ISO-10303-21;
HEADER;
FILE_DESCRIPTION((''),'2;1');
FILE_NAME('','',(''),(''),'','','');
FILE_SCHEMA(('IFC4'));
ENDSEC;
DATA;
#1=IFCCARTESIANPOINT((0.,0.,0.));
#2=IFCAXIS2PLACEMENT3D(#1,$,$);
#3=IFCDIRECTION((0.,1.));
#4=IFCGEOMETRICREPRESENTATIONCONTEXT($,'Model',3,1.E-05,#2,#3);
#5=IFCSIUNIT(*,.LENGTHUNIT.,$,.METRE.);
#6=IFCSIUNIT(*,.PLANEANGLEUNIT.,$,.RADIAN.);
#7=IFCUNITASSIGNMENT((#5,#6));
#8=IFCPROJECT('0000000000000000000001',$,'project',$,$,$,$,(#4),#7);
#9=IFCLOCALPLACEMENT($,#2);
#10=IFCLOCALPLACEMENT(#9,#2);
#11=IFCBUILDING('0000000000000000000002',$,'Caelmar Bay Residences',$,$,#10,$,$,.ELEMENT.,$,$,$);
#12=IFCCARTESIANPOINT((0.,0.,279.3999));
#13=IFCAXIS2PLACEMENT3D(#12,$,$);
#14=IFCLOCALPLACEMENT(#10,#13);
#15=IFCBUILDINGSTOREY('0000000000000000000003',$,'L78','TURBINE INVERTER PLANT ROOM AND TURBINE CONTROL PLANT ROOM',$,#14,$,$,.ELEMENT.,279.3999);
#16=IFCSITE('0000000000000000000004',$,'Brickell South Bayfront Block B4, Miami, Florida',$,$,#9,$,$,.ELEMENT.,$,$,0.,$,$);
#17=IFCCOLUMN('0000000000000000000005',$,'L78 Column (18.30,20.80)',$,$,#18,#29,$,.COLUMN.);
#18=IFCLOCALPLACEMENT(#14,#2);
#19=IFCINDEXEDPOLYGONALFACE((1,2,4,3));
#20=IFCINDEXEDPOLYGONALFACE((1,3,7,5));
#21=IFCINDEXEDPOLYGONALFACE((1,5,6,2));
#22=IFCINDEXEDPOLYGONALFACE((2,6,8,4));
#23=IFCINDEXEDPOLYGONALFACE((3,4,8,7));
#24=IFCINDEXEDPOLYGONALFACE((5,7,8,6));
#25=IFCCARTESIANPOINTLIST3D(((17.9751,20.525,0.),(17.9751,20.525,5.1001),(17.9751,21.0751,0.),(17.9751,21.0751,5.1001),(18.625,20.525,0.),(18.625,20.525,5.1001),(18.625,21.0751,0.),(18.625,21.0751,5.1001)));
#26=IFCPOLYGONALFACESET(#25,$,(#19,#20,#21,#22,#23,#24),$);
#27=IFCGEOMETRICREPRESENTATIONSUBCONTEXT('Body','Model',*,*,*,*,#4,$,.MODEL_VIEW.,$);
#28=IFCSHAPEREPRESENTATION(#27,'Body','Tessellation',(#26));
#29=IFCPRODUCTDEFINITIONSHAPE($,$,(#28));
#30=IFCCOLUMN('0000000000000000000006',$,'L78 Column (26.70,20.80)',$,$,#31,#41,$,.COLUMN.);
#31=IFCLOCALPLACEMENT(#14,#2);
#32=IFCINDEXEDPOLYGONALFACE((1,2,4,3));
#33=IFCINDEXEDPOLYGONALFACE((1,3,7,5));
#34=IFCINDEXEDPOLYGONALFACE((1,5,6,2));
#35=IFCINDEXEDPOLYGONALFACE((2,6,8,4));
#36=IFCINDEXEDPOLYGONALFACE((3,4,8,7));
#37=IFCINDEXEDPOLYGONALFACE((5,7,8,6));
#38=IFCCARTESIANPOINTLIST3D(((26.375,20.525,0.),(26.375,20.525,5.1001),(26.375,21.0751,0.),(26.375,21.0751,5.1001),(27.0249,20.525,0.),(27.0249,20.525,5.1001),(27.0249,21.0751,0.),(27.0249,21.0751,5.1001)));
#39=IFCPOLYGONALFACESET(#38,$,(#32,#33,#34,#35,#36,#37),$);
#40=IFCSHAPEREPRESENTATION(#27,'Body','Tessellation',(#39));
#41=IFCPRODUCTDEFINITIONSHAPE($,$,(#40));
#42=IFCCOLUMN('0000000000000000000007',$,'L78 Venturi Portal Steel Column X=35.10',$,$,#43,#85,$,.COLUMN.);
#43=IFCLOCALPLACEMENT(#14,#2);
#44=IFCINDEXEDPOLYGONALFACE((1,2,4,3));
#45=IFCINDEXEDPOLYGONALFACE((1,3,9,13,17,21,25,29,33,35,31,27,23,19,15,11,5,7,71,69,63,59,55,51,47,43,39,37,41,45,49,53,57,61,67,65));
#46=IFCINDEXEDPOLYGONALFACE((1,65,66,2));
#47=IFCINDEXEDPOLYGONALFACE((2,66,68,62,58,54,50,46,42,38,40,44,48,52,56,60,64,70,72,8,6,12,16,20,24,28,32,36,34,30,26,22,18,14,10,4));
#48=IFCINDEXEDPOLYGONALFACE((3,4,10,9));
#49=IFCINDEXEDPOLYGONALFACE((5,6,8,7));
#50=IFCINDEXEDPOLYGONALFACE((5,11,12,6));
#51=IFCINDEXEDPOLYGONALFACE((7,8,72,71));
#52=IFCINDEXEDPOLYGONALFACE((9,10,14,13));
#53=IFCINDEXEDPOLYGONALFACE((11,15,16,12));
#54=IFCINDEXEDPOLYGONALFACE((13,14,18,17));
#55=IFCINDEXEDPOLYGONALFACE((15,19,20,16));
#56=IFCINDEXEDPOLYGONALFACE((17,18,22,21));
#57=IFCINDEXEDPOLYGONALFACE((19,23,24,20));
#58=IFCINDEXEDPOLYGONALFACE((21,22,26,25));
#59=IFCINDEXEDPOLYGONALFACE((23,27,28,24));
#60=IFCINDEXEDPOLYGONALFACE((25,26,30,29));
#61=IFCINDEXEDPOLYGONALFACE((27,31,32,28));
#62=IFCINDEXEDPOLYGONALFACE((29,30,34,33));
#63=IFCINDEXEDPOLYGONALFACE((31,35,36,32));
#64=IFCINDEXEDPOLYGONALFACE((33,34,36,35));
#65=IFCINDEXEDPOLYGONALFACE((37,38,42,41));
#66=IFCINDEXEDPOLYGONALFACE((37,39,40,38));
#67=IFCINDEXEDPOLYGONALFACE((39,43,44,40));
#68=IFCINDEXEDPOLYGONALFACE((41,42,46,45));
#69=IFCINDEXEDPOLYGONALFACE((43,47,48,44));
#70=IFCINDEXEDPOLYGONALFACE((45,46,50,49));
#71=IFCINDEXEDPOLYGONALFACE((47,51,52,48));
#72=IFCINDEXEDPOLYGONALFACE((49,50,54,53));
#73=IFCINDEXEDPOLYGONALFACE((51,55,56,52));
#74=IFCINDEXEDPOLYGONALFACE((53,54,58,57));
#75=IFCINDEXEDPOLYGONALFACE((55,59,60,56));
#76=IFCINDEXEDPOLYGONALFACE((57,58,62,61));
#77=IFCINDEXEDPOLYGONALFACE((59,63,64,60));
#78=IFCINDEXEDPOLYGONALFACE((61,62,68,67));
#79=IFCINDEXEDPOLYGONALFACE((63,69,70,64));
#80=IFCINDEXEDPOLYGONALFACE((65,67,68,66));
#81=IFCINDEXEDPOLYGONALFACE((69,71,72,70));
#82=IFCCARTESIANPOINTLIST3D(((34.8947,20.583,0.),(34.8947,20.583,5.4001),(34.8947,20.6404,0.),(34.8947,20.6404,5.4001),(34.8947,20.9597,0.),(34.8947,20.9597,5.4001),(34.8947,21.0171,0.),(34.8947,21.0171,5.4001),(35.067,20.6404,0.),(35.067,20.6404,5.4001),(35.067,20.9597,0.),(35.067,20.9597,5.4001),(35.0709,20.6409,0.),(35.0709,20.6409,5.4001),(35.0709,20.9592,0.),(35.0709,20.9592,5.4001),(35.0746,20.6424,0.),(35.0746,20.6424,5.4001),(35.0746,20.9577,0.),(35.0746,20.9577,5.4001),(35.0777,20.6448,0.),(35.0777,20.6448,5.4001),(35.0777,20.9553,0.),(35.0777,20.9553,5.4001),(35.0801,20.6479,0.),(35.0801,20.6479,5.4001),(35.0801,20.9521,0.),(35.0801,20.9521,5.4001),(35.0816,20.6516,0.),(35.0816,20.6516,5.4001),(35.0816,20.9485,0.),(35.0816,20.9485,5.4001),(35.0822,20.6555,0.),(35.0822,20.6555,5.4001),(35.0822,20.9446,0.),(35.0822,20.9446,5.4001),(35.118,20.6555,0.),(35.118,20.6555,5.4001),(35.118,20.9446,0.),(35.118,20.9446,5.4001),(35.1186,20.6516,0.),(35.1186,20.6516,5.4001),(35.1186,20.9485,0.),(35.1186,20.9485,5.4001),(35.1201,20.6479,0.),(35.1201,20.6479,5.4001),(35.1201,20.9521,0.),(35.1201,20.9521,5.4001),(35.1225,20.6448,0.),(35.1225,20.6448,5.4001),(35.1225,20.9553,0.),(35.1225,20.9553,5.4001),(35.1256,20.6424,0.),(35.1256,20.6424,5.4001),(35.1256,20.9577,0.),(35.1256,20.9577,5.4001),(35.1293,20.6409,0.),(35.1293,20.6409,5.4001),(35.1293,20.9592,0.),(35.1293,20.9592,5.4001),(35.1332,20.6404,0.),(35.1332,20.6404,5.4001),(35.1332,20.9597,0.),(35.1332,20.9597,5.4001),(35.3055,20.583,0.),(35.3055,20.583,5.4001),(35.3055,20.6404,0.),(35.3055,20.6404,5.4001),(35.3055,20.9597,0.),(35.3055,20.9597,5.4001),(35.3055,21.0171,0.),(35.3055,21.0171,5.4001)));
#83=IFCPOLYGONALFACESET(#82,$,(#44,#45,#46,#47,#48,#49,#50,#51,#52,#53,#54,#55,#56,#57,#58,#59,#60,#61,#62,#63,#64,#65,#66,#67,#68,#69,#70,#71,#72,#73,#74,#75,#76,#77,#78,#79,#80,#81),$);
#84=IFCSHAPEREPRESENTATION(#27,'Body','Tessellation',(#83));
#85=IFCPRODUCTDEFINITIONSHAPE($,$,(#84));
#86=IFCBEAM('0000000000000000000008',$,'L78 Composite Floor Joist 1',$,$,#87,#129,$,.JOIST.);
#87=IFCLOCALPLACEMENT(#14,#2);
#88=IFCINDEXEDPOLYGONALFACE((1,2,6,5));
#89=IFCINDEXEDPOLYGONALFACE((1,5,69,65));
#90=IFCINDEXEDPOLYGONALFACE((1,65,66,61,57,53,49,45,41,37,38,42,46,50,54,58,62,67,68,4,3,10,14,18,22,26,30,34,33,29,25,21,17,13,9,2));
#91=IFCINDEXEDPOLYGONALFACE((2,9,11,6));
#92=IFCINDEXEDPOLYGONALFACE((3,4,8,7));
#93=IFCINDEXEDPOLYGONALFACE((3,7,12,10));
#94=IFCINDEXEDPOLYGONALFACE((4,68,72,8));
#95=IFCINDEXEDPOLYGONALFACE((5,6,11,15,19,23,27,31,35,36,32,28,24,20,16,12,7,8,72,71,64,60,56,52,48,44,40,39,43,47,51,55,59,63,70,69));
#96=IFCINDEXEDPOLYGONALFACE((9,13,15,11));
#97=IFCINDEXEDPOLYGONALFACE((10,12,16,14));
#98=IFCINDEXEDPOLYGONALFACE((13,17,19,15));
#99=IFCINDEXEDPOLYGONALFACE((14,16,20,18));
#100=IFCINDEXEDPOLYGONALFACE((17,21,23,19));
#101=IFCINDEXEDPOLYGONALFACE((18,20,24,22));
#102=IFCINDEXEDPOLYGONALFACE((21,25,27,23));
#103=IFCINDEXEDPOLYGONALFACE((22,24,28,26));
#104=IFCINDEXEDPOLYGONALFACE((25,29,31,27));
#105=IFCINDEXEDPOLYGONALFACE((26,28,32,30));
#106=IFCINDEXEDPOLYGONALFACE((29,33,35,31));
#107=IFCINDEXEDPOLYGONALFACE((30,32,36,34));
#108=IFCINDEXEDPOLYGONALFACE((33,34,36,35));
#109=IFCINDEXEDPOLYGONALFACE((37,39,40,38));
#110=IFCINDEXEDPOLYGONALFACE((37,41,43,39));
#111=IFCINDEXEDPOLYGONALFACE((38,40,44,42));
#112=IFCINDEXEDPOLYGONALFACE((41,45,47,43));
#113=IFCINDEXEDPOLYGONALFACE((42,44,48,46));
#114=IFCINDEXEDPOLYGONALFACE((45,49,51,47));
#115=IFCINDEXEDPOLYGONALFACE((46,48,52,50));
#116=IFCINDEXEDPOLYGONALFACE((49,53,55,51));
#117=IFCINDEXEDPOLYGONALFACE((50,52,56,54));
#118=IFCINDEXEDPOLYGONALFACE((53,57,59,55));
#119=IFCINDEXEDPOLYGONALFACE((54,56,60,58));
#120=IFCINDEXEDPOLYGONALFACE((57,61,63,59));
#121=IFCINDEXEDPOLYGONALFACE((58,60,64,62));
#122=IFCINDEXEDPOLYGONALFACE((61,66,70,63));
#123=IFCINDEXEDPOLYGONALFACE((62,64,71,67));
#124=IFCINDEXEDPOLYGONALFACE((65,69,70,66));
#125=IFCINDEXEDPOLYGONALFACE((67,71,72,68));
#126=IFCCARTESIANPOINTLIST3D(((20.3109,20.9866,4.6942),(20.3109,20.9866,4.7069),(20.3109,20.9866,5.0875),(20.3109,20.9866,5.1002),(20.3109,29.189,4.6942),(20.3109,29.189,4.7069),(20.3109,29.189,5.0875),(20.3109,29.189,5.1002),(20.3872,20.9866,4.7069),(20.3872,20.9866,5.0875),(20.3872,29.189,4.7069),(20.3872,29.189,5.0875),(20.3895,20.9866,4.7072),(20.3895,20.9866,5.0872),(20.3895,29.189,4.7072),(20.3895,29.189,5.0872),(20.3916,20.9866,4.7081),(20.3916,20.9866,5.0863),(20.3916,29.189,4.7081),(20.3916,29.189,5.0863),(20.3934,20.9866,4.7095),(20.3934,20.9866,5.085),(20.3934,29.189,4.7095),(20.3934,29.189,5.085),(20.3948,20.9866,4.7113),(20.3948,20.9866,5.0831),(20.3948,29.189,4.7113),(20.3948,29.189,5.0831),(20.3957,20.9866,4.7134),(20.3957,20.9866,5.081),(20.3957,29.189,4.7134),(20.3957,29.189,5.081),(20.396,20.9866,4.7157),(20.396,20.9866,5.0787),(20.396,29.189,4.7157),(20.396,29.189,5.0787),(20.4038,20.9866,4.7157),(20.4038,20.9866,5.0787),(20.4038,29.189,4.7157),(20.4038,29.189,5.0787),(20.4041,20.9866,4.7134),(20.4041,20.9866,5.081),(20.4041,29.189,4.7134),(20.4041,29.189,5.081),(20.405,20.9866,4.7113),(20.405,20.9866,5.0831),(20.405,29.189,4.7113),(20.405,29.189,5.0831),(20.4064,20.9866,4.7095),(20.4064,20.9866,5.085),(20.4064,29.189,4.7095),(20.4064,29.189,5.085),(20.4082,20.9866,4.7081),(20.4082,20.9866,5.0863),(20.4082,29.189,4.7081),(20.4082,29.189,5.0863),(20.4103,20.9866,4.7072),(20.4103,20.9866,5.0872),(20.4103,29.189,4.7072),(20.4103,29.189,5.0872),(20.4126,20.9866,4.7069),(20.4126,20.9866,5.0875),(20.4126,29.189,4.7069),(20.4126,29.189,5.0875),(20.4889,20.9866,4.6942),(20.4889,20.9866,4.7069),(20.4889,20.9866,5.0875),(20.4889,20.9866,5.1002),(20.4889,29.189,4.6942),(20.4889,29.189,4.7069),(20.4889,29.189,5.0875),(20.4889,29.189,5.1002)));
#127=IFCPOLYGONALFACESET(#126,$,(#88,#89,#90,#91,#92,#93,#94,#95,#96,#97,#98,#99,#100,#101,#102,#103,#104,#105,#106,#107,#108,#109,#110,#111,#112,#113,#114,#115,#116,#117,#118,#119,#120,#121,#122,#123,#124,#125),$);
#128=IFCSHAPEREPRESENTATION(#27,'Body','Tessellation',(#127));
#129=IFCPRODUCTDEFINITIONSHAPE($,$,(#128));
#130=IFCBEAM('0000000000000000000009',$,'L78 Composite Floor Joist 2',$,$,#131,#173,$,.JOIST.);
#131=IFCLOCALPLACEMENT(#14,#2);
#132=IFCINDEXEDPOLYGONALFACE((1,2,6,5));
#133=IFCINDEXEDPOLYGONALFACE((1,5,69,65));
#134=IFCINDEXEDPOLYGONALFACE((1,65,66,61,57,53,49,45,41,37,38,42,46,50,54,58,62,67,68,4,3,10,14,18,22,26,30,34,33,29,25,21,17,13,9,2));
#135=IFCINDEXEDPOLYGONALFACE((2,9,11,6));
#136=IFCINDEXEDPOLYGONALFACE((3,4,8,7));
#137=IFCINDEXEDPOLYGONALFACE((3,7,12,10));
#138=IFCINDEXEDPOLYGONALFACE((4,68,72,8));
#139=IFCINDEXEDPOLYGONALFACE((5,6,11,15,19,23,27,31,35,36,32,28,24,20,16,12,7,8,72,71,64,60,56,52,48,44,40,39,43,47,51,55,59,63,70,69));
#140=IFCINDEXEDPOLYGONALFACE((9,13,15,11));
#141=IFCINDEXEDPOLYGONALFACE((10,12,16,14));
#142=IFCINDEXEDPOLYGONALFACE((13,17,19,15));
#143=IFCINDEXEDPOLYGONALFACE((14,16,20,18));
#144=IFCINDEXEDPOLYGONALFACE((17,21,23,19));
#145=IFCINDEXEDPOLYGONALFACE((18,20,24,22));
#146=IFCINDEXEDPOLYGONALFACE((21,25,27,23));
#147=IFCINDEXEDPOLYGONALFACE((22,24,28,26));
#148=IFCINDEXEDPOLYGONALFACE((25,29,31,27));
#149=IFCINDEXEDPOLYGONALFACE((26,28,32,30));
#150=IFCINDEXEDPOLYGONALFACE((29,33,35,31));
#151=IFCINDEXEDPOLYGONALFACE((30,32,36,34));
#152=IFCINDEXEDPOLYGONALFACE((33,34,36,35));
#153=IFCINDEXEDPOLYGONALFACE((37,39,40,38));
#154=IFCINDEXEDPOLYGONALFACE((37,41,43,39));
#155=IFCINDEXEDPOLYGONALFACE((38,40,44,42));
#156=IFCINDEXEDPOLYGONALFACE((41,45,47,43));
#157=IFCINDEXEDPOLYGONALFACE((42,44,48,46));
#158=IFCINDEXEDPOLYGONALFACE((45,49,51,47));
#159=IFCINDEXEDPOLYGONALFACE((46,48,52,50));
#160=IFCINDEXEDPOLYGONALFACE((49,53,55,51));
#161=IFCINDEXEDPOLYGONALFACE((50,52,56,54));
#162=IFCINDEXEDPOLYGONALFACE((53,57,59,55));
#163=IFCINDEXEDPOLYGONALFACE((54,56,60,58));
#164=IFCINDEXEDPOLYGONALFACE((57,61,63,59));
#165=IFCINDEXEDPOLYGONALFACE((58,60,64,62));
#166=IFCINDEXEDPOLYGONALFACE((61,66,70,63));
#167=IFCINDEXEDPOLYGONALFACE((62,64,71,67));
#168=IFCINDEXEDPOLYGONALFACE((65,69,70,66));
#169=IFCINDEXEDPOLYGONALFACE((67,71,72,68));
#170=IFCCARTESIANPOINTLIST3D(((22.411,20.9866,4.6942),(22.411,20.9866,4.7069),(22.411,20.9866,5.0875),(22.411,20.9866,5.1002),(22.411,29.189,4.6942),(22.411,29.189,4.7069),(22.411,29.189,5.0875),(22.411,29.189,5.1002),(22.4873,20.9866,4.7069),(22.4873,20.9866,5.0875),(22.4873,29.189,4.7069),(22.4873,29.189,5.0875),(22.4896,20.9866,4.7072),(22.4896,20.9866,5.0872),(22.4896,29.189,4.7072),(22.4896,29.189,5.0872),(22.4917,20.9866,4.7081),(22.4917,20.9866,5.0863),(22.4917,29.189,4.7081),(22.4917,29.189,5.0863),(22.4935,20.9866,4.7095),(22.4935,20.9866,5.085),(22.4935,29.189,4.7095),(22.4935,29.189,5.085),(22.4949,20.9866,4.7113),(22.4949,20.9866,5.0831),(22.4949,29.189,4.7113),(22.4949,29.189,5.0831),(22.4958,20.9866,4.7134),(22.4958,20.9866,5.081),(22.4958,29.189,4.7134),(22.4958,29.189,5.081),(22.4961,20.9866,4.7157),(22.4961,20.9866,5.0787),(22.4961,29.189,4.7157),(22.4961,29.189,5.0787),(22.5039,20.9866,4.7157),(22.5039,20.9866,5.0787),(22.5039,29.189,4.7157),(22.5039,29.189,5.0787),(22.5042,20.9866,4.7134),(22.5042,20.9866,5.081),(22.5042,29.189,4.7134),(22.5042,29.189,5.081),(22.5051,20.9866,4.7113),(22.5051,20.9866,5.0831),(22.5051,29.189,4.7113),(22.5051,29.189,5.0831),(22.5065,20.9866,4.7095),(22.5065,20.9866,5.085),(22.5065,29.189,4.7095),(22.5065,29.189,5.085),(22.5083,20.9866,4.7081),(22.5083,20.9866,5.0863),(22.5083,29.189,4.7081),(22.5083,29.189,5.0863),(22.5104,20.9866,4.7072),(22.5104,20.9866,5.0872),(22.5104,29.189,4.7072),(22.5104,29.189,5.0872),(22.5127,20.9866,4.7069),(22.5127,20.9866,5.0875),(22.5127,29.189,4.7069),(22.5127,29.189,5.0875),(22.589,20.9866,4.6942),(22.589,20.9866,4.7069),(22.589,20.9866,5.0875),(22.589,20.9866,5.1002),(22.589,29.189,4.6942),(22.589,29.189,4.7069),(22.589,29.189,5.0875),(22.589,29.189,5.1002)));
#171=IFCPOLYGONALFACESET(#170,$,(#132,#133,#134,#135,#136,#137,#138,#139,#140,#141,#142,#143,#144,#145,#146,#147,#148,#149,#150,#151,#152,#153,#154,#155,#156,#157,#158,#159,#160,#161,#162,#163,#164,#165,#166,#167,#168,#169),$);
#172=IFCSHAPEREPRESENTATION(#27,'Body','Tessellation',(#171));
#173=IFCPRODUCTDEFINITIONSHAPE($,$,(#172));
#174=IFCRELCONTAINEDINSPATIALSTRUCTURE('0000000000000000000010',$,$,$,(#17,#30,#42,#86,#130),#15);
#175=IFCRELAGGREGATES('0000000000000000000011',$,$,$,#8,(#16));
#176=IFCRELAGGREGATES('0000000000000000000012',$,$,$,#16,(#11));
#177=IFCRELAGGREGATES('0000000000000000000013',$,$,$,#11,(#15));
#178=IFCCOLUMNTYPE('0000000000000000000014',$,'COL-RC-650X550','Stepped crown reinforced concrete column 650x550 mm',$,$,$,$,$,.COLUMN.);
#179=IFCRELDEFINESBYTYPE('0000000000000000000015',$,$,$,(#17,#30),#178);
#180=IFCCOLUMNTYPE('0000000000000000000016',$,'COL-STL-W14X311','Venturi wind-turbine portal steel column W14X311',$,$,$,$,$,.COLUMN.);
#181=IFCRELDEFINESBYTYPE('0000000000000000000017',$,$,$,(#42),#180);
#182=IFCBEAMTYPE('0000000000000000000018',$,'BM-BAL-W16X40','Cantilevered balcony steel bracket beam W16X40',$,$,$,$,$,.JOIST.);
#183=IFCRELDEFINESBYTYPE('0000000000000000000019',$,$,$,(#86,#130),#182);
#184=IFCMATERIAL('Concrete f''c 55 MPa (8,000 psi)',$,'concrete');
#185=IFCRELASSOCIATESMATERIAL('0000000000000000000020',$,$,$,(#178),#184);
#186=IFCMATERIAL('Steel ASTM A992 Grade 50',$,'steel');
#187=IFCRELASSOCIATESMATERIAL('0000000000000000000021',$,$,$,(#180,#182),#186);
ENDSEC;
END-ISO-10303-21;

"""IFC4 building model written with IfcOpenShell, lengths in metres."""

from ifc_helpers import new_model, si_unit, direction, frame, origin, origin_2d, place, context, subcontext, project, spatial, rectangle, i_section, extrude, material, material_profile, profile_set, type_object, element, save


model = new_model("IFC4")

# Units and contexts
model_context = context("Model", 3, precision=1e-05, world=origin(), true_north=direction((0.0, 1.0)))
body_context = subcontext(model_context, "Body", "Model", "MODEL_VIEW")
ifc_project = project(units=[si_unit("LENGTHUNIT", "METRE"), si_unit("PLANEANGLEUNIT", "RADIAN")], contexts=[model_context])

# Site, building, storey
site_placement = place(None, origin())
site = spatial("IfcSite", under=ifc_project, at=site_placement, Name="Brickell South Bayfront Block B4, Miami, Florida", CompositionType="ELEMENT", RefElevation=0.0)
building_placement = place(site_placement, origin())
building = spatial("IfcBuilding", under=site, at=building_placement, Name="Caelmar Bay Residences", CompositionType="ELEMENT")
storey_placement = place(building_placement, frame((0.0, 0.0, 279.3999)))
storey = spatial("IfcBuildingStorey", under=building, at=storey_placement, Name="L78", Description="TURBINE INVERTER PLANT ROOM AND TURBINE CONTROL PLANT ROOM", CompositionType="ELEMENT", Elevation=279.3999)

# Columns
ifc_material_1 = material(Name="Concrete f'c 55 MPa (8,000 psi)", Category="concrete")
ifc_material_profile_1 = material_profile(ifc_material_1, rectangle(XDim=0.6499, YDim=0.55, at=origin_2d()), Name="RC-COL-650X550")
ifc_profile_set_1 = profile_set([ifc_material_profile_1], Name="Concrete f'c 55 MPa (8,000 psi)")
column_type_1 = type_object("IfcColumnType", Name="COL-RC-650X550", Description="Stepped crown reinforced concrete column 650x550 mm", PredefinedType="COLUMN", material=ifc_profile_set_1)
for number, where, z_axis, x_axis, name in (
    (1, (18.3, 20.8, 0.0), (0.0, 0.0, 1.0), (1.0, 0.0, 0.0), "L78 Column (18.30,20.80)"),
    (2, (26.7, 20.8, 0.0), (0.0, 0.0, 1.0), (1.0, 0.0, 0.0), "L78 Column (26.70,20.80)"),
):
    element("IfcColumn", number, at=place(storey_placement, frame(where, z_axis=z_axis, x_axis=x_axis)), inside=storey, type_object=column_type_1, Name=name, PredefinedType="COLUMN", context=body_context, shape_type="SweptSolid", body=[
        extrude(rectangle(XDim=0.6499, YDim=0.55, at=origin_2d()), origin(), (0.0, 0.0, 1.0), 5.1001),
    ])
ifc_material_2 = material(Name="Steel ASTM A992 Grade 50", Category="steel")
ifc_material_profile_2 = material_profile(ifc_material_2, i_section(OverallWidth=0.4109, OverallDepth=0.4341, WebThickness=0.0359, FlangeThickness=0.0574, FilletRadius=0.0151, at=origin_2d()), Name="W14X311")
ifc_profile_set_2 = profile_set([ifc_material_profile_2], Name="Steel ASTM A992 Grade 50")
column_type_2 = type_object("IfcColumnType", Name="COL-STL-W14X311", Description="Venturi wind-turbine portal steel column W14X311", PredefinedType="COLUMN", material=ifc_profile_set_2)
column_placement = place(storey_placement, frame((35.1001, 20.8, 0.0), z_axis=(0.0, 0.0, 1.0), x_axis=(1.0, 0.0, 0.0)))
element("IfcColumn", 3, at=column_placement, inside=storey, type_object=column_type_2, Name="L78 Venturi Portal Steel Column X=35.10", PredefinedType="COLUMN", context=body_context, shape_type="SweptSolid", body=[
    extrude(i_section(OverallWidth=0.4109, OverallDepth=0.4341, WebThickness=0.0359, FlangeThickness=0.0574, FilletRadius=0.0151, at=origin_2d()), origin(), (0.0, 0.0, 1.0), 5.4001),
])

# Beams
ifc_material_profile_3 = material_profile(ifc_material_2, i_section(OverallWidth=0.178, OverallDepth=0.406, WebThickness=0.0078, FlangeThickness=0.0127, FilletRadius=0.0088, at=origin_2d()), Name="W16X40")
ifc_profile_set_3 = profile_set([ifc_material_profile_3], Name="Steel ASTM A992 Grade 50")
beam_type_1 = type_object("IfcBeamType", Name="BM-BAL-W16X40", Description="Cantilevered balcony steel bracket beam W16X40", PredefinedType="JOIST", material=ifc_profile_set_3)
for number, where, z_axis, x_axis, name in (
    (4, (20.3999, 20.9866, 4.8972), (0.0, 1.0, 0.0), (-1.0, 0.0, 0.0), "L78 Composite Floor Joist 1"),
    (5, (22.5, 20.9866, 4.8972), (0.0, 1.0, 0.0), (-1.0, 0.0, 0.0), "L78 Composite Floor Joist 2"),
):
    element("IfcBeam", number, at=place(storey_placement, frame(where, z_axis=z_axis, x_axis=x_axis)), inside=storey, type_object=beam_type_1, Name=name, PredefinedType="JOIST", context=body_context, shape_type="SweptSolid", body=[
        extrude(i_section(OverallWidth=0.178, OverallDepth=0.406, WebThickness=0.0078, FlangeThickness=0.0127, FilletRadius=0.0088, at=origin_2d()), origin(), (0.0, 0.0, 1.0), 8.2024),
    ])

save(model, "model.ifc")
